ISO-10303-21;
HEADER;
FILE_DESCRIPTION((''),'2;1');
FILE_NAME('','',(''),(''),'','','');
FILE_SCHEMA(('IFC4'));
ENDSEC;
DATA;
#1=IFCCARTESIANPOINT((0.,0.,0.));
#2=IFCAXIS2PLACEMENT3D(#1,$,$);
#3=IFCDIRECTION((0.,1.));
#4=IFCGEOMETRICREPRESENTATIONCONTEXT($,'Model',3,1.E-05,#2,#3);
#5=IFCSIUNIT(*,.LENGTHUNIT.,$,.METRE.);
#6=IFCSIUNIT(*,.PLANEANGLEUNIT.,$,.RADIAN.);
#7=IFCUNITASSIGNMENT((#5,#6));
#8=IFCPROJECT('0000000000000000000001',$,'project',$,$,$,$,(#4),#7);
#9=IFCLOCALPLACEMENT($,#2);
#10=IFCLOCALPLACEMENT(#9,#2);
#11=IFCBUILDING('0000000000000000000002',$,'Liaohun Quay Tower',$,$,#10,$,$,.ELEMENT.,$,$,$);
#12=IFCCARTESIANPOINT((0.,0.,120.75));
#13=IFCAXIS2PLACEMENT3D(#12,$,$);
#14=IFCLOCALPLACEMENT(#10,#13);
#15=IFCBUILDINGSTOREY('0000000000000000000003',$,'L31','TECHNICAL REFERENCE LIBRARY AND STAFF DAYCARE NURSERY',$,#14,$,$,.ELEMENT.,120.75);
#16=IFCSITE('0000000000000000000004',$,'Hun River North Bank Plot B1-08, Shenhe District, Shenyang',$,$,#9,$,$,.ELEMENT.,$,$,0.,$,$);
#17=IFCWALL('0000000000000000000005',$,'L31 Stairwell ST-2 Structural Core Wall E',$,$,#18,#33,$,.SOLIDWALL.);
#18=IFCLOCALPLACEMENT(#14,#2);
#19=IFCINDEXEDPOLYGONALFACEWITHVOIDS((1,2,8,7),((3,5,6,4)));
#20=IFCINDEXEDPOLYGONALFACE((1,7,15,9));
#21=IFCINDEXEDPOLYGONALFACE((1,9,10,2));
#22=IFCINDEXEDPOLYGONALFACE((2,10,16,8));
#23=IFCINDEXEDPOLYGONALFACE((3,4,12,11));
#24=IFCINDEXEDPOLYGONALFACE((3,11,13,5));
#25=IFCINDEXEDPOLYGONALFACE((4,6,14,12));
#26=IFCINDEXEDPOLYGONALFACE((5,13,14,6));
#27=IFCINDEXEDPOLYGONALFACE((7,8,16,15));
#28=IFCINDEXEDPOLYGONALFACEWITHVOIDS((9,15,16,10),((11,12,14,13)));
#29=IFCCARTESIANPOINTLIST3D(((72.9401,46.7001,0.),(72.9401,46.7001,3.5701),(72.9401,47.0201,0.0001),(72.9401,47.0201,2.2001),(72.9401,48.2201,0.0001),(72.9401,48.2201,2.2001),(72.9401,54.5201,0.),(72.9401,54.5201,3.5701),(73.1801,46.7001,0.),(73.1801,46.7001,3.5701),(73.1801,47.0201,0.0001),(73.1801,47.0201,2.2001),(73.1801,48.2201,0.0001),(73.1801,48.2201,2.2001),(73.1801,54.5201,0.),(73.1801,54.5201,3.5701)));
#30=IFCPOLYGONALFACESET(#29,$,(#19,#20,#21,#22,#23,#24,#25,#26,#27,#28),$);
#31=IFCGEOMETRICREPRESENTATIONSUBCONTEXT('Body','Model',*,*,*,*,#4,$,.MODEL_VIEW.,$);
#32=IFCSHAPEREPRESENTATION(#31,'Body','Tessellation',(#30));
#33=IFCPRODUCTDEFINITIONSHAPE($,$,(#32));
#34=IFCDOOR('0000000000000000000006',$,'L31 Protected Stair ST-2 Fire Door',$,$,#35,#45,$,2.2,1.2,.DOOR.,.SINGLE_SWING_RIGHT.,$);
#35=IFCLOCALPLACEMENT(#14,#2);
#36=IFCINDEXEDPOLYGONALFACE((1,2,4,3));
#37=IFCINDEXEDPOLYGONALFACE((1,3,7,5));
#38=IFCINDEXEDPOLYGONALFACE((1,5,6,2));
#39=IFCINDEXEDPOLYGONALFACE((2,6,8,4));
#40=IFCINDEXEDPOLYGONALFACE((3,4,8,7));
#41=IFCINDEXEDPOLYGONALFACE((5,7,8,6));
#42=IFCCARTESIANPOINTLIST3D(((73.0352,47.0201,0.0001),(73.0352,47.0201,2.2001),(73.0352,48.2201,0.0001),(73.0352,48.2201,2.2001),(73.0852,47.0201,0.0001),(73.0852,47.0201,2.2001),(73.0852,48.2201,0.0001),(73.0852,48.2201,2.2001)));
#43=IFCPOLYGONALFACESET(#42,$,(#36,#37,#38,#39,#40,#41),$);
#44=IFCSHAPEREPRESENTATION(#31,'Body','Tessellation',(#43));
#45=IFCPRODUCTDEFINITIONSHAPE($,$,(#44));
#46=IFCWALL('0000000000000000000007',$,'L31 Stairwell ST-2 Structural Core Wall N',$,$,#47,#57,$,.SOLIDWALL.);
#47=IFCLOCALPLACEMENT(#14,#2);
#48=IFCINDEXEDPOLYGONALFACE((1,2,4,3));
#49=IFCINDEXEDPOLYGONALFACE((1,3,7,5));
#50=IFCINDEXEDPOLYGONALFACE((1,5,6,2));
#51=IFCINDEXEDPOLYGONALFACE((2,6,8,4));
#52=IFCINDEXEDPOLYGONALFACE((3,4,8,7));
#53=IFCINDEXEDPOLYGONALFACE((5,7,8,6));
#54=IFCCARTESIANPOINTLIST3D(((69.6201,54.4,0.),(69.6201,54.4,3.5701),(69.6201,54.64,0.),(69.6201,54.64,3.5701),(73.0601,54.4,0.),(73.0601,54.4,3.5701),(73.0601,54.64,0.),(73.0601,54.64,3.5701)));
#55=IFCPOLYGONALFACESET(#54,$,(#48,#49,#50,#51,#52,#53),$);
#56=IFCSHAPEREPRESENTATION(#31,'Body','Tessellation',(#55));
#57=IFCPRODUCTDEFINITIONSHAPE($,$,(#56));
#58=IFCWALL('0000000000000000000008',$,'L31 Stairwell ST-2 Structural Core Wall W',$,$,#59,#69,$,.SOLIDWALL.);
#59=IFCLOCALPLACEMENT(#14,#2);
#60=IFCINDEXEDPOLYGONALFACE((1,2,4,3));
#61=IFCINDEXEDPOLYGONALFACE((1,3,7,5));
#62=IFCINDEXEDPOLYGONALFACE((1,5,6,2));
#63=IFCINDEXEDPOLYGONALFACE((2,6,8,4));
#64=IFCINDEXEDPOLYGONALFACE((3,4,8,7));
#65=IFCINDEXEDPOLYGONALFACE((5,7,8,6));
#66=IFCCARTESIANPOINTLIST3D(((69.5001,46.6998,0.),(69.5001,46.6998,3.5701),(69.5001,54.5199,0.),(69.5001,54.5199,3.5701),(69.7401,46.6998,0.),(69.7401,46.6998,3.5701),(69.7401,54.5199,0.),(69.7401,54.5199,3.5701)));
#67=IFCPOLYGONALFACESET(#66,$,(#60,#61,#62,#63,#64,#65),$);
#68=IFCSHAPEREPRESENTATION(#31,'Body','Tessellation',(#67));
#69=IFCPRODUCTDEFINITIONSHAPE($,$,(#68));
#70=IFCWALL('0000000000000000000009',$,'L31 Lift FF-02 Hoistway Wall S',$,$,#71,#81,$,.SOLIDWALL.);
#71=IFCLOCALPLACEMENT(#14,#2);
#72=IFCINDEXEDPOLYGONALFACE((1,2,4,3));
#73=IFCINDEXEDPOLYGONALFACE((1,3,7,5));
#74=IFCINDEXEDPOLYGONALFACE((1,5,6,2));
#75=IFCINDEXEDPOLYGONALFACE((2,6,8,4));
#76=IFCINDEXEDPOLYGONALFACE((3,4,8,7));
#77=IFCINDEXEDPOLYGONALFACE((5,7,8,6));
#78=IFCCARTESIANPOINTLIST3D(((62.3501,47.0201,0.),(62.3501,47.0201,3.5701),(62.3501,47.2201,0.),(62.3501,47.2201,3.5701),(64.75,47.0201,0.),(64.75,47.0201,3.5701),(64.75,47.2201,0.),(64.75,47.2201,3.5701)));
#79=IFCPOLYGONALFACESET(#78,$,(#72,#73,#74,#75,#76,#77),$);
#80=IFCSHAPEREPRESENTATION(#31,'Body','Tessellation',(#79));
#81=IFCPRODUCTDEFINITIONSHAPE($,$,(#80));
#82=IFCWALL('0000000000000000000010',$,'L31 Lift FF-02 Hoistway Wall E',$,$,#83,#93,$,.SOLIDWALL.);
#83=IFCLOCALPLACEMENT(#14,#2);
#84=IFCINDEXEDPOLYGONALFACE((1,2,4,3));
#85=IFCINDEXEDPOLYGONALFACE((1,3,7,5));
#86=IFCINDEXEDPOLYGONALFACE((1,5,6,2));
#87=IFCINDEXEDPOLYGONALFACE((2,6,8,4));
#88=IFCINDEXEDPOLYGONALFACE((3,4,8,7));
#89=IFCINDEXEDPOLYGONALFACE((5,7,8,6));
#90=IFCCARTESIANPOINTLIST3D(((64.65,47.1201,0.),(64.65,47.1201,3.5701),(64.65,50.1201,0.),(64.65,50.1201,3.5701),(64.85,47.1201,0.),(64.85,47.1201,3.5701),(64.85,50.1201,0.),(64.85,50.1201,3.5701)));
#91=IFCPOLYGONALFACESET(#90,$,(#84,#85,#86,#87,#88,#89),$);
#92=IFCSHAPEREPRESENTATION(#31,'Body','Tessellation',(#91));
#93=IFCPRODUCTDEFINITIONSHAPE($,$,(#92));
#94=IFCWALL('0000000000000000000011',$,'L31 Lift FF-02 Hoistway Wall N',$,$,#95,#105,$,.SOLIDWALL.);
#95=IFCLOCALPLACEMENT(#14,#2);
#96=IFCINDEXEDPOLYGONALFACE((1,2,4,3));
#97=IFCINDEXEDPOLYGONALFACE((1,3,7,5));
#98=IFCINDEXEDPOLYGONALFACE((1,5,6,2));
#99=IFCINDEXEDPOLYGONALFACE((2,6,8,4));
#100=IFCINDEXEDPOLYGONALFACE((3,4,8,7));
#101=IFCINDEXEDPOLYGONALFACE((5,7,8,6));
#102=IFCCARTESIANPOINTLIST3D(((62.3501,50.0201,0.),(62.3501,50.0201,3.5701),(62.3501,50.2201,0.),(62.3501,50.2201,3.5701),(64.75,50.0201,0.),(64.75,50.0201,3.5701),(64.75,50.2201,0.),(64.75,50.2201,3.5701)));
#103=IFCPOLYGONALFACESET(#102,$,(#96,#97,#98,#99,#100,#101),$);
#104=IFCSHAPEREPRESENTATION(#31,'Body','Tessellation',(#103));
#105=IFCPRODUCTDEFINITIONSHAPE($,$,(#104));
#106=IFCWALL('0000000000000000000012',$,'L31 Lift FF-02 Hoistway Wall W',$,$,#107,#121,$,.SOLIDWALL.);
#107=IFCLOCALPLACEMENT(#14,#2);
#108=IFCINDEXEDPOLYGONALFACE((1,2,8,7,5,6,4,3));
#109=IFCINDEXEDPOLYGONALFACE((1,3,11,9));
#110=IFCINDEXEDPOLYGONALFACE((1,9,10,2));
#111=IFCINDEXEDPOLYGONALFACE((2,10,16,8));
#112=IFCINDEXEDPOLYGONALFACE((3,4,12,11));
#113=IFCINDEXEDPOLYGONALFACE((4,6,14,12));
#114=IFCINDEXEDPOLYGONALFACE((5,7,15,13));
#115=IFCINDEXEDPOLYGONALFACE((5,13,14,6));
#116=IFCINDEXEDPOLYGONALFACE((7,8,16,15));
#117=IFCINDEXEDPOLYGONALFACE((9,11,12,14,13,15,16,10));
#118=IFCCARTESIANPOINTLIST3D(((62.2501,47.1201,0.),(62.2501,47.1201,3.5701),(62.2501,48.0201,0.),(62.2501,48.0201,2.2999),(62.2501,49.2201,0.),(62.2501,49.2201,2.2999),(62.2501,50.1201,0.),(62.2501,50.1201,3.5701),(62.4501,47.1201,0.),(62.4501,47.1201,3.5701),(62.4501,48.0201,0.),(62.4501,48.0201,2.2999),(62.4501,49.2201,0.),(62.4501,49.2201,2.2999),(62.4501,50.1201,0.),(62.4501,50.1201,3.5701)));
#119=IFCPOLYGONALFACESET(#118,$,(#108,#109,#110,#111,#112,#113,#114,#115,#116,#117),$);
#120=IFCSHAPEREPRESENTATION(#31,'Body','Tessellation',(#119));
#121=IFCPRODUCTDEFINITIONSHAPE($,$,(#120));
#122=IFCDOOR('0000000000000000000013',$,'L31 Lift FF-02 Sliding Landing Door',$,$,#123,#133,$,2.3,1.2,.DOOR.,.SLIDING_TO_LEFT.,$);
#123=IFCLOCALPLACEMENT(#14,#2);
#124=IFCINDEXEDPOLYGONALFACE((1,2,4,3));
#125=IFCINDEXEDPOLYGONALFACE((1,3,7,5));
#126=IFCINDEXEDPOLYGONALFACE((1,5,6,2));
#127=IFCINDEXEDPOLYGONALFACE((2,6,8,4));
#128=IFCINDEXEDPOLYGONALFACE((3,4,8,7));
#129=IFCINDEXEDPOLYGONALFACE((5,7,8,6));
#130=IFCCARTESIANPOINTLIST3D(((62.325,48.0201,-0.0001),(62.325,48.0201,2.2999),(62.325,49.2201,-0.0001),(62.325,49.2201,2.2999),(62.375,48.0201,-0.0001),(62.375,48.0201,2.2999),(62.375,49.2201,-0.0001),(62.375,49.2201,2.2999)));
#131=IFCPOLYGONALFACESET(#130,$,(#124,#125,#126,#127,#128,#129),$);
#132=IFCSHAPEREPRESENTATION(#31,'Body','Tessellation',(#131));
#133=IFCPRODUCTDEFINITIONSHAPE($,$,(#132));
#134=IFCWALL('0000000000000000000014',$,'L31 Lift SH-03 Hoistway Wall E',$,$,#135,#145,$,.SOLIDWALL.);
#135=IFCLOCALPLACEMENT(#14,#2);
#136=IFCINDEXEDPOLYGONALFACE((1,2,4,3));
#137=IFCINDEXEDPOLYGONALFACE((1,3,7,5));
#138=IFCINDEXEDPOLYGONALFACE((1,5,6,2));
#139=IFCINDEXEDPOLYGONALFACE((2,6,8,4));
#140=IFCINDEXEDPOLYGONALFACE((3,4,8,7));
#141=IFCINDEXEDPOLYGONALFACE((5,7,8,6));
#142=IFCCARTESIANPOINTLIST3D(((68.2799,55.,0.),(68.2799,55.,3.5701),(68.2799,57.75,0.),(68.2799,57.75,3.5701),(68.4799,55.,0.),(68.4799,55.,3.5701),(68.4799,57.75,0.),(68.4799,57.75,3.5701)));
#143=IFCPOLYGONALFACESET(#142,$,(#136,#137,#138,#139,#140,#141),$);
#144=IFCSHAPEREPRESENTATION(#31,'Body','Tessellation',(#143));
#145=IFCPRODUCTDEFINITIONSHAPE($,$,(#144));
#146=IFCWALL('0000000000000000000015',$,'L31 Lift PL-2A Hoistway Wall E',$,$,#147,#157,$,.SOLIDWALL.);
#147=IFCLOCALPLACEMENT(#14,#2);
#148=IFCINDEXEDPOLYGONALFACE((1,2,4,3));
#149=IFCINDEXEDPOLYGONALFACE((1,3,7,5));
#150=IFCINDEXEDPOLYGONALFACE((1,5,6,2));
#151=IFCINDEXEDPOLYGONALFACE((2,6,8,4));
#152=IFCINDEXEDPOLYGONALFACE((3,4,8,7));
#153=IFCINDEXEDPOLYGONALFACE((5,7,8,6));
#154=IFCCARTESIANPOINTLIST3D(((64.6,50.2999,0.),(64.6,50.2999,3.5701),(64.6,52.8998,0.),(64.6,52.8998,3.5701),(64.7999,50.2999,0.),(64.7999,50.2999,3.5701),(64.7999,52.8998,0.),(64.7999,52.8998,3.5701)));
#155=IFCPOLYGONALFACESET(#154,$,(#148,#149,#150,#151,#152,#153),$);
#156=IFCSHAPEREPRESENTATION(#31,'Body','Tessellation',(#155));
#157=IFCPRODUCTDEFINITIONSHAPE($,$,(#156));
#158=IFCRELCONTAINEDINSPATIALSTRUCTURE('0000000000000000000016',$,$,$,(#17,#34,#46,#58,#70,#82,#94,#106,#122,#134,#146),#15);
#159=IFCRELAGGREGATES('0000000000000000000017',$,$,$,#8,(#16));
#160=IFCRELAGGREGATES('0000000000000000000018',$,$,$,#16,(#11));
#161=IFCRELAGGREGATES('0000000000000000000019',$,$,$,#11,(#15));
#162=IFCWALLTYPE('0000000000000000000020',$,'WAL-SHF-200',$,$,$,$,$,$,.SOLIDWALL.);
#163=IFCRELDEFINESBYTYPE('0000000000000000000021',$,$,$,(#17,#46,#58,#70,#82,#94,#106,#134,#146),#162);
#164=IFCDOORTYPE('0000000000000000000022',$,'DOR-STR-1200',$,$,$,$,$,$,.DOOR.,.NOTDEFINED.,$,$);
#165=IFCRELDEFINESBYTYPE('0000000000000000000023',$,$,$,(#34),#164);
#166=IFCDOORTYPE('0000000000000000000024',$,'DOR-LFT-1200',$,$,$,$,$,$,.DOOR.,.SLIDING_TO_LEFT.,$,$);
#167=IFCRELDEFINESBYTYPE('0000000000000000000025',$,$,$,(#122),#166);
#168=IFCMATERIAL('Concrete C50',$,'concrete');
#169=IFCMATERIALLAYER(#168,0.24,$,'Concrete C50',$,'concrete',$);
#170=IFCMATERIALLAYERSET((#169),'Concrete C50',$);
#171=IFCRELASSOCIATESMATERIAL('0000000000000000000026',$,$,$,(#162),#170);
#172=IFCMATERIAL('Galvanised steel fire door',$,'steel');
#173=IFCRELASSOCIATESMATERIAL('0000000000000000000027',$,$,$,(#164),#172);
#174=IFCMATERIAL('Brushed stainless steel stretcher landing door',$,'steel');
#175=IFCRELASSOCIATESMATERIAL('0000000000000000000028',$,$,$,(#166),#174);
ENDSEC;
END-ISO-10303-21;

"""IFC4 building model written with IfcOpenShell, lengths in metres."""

from ifc_helpers import new_model, si_unit, direction, frame, frame_2d, origin, place, context, subcontext, project, spatial, rectangle, extrude, source, transform, mapped, material, layer, layer_set, type_object, element, fill, save


model = new_model("IFC4")

# Units and contexts
model_context = context("Model", 3, precision=1e-05, world=origin(), true_north=direction((0.0, 1.0)))
body_context = subcontext(model_context, "Body", "Model", "MODEL_VIEW")
ifc_project = project(units=[si_unit("LENGTHUNIT", "METRE"), si_unit("PLANEANGLEUNIT", "RADIAN")], contexts=[model_context])

# Site, building, storey
site_placement = place(None, origin())
site = spatial("IfcSite", under=ifc_project, at=site_placement, Name="Hun River North Bank Plot B1-08, Shenhe District, Shenyang", CompositionType="ELEMENT", RefElevation=0.0)
building_placement = place(site_placement, origin())
building = spatial("IfcBuilding", under=site, at=building_placement, Name="Liaohun Quay Tower", CompositionType="ELEMENT")
storey_placement = place(building_placement, frame((0.0, 0.0, 120.75)))
storey = spatial("IfcBuildingStorey", under=building, at=storey_placement, Name="L31", Description="TECHNICAL REFERENCE LIBRARY AND STAFF DAYCARE NURSERY", CompositionType="ELEMENT", Elevation=120.75)

# Wall, opening, door
ifc_material_1 = material(Name="Concrete C50", Category="concrete")
ifc_layer_1 = layer(ifc_material_1, 0.24, Name="Concrete C50", Category="concrete")
ifc_layer_set_1 = layer_set([ifc_layer_1], Name="Concrete C50")
wall_type_1 = type_object("IfcWallType", Name="WAL-SHF-200", PredefinedType="SOLIDWALL", material=ifc_layer_set_1)
wall_1_placement = place(storey_placement, frame((73.0601, 46.7, 0.0), z_axis=(0.0, 0.0, 1.0), x_axis=(0.0, 1.0, 0.0)))
wall_1 = element("IfcWall", 1, at=wall_1_placement, inside=storey, type_object=wall_type_1, Name="L31 Stairwell ST-2 Structural Core Wall E", PredefinedType="SOLIDWALL", context=body_context, shape_type="SweptSolid", body=[
    extrude(rectangle(XDim=7.8201, YDim=0.24, at=frame_2d((3.9102, 0.0))), origin(), (0.0, 0.0, 1.0), 3.5701),
])
shared_shape_1 = source(origin(), body_context, "Body", "SweptSolid", [
    extrude(rectangle(XDim=1.2, YDim=2.2, at=frame_2d((0.6001, 1.1001))), frame((0.0, 0.1299, 0.0), z_axis=(0.0, -1.0, 0.0), x_axis=(1.0, 0.0, 0.0)), (0.0, 0.0, 1.0), 0.26),
])
opening_1_placement = place(wall_1_placement, frame((0.3201, 0.0, 0.0)))
opening_1 = element("IfcOpeningElement", 2, at=opening_1_placement, cuts=wall_1, PredefinedType="OPENING", context=body_context, shape_type="MappedRepresentation", body=[
    mapped(shared_shape_1, transform((0.0, 0.0, 0.0), x_axis=(1.0, 0.0, 0.0), y_axis=(0.0, 1.0, 0.0), z_axis=(0.0, 0.0, 1.0), scale=1.0)),
])
ifc_material_2 = material(Name="Galvanised steel fire door", Category="steel")
door_type_1 = type_object("IfcDoorType", Name="DOR-STR-1200", OperationType="NOTDEFINED", PredefinedType="DOOR", material=ifc_material_2)
shared_shape_2 = source(origin(), body_context, "Body", "SweptSolid", [
    extrude(rectangle(XDim=1.2, YDim=2.2, at=frame_2d((0.6001, 1.1001))), frame((0.0, 0.0249, 0.0), z_axis=(0.0, -1.0, 0.0), x_axis=(1.0, 0.0, 0.0)), (0.0, 0.0, 1.0), 0.05),
])
door_1_placement = place(opening_1_placement, origin())
door_1 = element("IfcDoor", 3, at=door_1_placement, inside=storey, type_object=door_type_1, Name="L31 Protected Stair ST-2 Fire Door", OperationType="SINGLE_SWING_RIGHT", OverallHeight=2.2, OverallWidth=1.2, PredefinedType="DOOR", context=body_context, shape_type="MappedRepresentation", body=[
    mapped(shared_shape_2, transform((0.0, 0.0, 0.0), x_axis=(1.0, 0.0, 0.0), y_axis=(0.0, 1.0, 0.0), z_axis=(0.0, 0.0, 1.0), scale=1.0)),
])
fill(opening_1, door_1)

# Walls
wall_2_placement = place(storey_placement, frame((73.0601, 54.52, 0.0), z_axis=(0.0, 0.0, 1.0), x_axis=(-1.0, 0.0, 0.0)))
element("IfcWall", 4, at=wall_2_placement, inside=storey, type_object=wall_type_1, Name="L31 Stairwell ST-2 Structural Core Wall N", PredefinedType="SOLIDWALL", context=body_context, shape_type="SweptSolid", body=[
    extrude(rectangle(XDim=3.4399, YDim=0.24, at=frame_2d((1.72, 0.0))), origin(), (0.0, 0.0, 1.0), 3.5701),
])
wall_3_placement = place(storey_placement, frame((69.6201, 54.52, 0.0), z_axis=(0.0, 0.0, 1.0), x_axis=(0.0, -1.0, 0.0)))
element("IfcWall", 5, at=wall_3_placement, inside=storey, type_object=wall_type_1, Name="L31 Stairwell ST-2 Structural Core Wall W", PredefinedType="SOLIDWALL", context=body_context, shape_type="SweptSolid", body=[
    extrude(rectangle(XDim=7.8201, YDim=0.24, at=frame_2d((3.9102, 0.0))), origin(), (0.0, 0.0, 1.0), 3.5701),
])
wall_4_placement = place(storey_placement, frame((62.3501, 47.1201, 0.0), z_axis=(0.0, 0.0, 1.0), x_axis=(1.0, 0.0, 0.0)))
element("IfcWall", 6, at=wall_4_placement, inside=storey, type_object=wall_type_1, Name="L31 Lift FF-02 Hoistway Wall S", PredefinedType="SOLIDWALL", context=body_context, shape_type="SweptSolid", body=[
    extrude(rectangle(XDim=2.3999, YDim=0.2, at=frame_2d((1.2, 0.0))), origin(), (0.0, 0.0, 1.0), 3.5701),
])
wall_5_placement = place(storey_placement, frame((64.75, 47.1201, 0.0), z_axis=(0.0, 0.0, 1.0), x_axis=(0.0, 1.0, 0.0)))
element("IfcWall", 7, at=wall_5_placement, inside=storey, type_object=wall_type_1, Name="L31 Lift FF-02 Hoistway Wall E", PredefinedType="SOLIDWALL", context=body_context, shape_type="SweptSolid", body=[
    extrude(rectangle(XDim=3.0, YDim=0.2, at=frame_2d((1.5, 0.0))), origin(), (0.0, 0.0, 1.0), 3.5701),
])
wall_6_placement = place(storey_placement, frame((64.75, 50.1201, 0.0), z_axis=(0.0, 0.0, 1.0), x_axis=(-1.0, 0.0, 0.0)))
element("IfcWall", 8, at=wall_6_placement, inside=storey, type_object=wall_type_1, Name="L31 Lift FF-02 Hoistway Wall N", PredefinedType="SOLIDWALL", context=body_context, shape_type="SweptSolid", body=[
    extrude(rectangle(XDim=2.3999, YDim=0.2, at=frame_2d((1.2, 0.0))), origin(), (0.0, 0.0, 1.0), 3.5701),
])

# Wall, opening, door
wall_7_placement = place(storey_placement, frame((62.3501, 50.1201, 0.0), z_axis=(0.0, 0.0, 1.0), x_axis=(0.0, -1.0, 0.0)))
wall_7 = element("IfcWall", 9, at=wall_7_placement, inside=storey, type_object=wall_type_1, Name="L31 Lift FF-02 Hoistway Wall W", PredefinedType="SOLIDWALL", context=body_context, shape_type="SweptSolid", body=[
    extrude(rectangle(XDim=3.0, YDim=0.2, at=frame_2d((1.5, 0.0))), origin(), (0.0, 0.0, 1.0), 3.5701),
])
shared_shape_3 = source(origin(), body_context, "Body", "SweptSolid", [
    extrude(rectangle(XDim=1.2, YDim=2.3, at=frame_2d((0.6001, 1.1499))), frame((0.0, 0.1099, 0.0), z_axis=(0.0, -1.0, 0.0), x_axis=(1.0, 0.0, 0.0)), (0.0, 0.0, 1.0), 0.22),
])
opening_2_placement = place(wall_7_placement, frame((0.8999, 0.0, 0.0)))
opening_2 = element("IfcOpeningElement", 10, at=opening_2_placement, cuts=wall_7, PredefinedType="OPENING", context=body_context, shape_type="MappedRepresentation", body=[
    mapped(shared_shape_3, transform((0.0, 0.0, 0.0), x_axis=(1.0, 0.0, 0.0), y_axis=(0.0, 1.0, 0.0), z_axis=(0.0, 0.0, 1.0), scale=1.0)),
])
ifc_material_3 = material(Name="Brushed stainless steel stretcher landing door", Category="steel")
door_type_2 = type_object("IfcDoorType", Name="DOR-LFT-1200", OperationType="SLIDING_TO_LEFT", PredefinedType="DOOR", material=ifc_material_3)
shared_shape_4 = source(origin(), body_context, "Body", "SweptSolid", [
    extrude(rectangle(XDim=1.2, YDim=2.3, at=frame_2d((0.6001, 1.1499))), frame((0.0, 0.0249, 0.0), z_axis=(0.0, -1.0, 0.0), x_axis=(1.0, 0.0, 0.0)), (0.0, 0.0, 1.0), 0.05),
])
door_2_placement = place(opening_2_placement, origin())
door_2 = element("IfcDoor", 11, at=door_2_placement, inside=storey, type_object=door_type_2, Name="L31 Lift FF-02 Sliding Landing Door", OperationType="SLIDING_TO_LEFT", OverallHeight=2.3, OverallWidth=1.2, PredefinedType="DOOR", context=body_context, shape_type="MappedRepresentation", body=[
    mapped(shared_shape_4, transform((0.0, 0.0, 0.0), x_axis=(1.0, 0.0, 0.0), y_axis=(0.0, 1.0, 0.0), z_axis=(0.0, 0.0, 1.0), scale=1.0)),
])
fill(opening_2, door_2)

# Walls
wall_8_placement = place(storey_placement, frame((68.3799, 55.0, 0.0), z_axis=(0.0, 0.0, 1.0), x_axis=(0.0, 1.0, 0.0)))
element("IfcWall", 12, at=wall_8_placement, inside=storey, type_object=wall_type_1, Name="L31 Lift SH-03 Hoistway Wall E", PredefinedType="SOLIDWALL", context=body_context, shape_type="SweptSolid", body=[
    extrude(rectangle(XDim=2.75, YDim=0.2, at=frame_2d((1.375, 0.0))), origin(), (0.0, 0.0, 1.0), 3.5701),
])
wall_9_placement = place(storey_placement, frame((64.7, 50.3, 0.0), z_axis=(0.0, 0.0, 1.0), x_axis=(0.0, 1.0, 0.0)))
element("IfcWall", 13, at=wall_9_placement, inside=storey, type_object=wall_type_1, Name="L31 Lift PL-2A Hoistway Wall E", PredefinedType="SOLIDWALL", context=body_context, shape_type="SweptSolid", body=[
    extrude(rectangle(XDim=2.5999, YDim=0.2, at=frame_2d((1.2998, 0.0))), origin(), (0.0, 0.0, 1.0), 3.5701),
])

save(model, "model.ifc")
